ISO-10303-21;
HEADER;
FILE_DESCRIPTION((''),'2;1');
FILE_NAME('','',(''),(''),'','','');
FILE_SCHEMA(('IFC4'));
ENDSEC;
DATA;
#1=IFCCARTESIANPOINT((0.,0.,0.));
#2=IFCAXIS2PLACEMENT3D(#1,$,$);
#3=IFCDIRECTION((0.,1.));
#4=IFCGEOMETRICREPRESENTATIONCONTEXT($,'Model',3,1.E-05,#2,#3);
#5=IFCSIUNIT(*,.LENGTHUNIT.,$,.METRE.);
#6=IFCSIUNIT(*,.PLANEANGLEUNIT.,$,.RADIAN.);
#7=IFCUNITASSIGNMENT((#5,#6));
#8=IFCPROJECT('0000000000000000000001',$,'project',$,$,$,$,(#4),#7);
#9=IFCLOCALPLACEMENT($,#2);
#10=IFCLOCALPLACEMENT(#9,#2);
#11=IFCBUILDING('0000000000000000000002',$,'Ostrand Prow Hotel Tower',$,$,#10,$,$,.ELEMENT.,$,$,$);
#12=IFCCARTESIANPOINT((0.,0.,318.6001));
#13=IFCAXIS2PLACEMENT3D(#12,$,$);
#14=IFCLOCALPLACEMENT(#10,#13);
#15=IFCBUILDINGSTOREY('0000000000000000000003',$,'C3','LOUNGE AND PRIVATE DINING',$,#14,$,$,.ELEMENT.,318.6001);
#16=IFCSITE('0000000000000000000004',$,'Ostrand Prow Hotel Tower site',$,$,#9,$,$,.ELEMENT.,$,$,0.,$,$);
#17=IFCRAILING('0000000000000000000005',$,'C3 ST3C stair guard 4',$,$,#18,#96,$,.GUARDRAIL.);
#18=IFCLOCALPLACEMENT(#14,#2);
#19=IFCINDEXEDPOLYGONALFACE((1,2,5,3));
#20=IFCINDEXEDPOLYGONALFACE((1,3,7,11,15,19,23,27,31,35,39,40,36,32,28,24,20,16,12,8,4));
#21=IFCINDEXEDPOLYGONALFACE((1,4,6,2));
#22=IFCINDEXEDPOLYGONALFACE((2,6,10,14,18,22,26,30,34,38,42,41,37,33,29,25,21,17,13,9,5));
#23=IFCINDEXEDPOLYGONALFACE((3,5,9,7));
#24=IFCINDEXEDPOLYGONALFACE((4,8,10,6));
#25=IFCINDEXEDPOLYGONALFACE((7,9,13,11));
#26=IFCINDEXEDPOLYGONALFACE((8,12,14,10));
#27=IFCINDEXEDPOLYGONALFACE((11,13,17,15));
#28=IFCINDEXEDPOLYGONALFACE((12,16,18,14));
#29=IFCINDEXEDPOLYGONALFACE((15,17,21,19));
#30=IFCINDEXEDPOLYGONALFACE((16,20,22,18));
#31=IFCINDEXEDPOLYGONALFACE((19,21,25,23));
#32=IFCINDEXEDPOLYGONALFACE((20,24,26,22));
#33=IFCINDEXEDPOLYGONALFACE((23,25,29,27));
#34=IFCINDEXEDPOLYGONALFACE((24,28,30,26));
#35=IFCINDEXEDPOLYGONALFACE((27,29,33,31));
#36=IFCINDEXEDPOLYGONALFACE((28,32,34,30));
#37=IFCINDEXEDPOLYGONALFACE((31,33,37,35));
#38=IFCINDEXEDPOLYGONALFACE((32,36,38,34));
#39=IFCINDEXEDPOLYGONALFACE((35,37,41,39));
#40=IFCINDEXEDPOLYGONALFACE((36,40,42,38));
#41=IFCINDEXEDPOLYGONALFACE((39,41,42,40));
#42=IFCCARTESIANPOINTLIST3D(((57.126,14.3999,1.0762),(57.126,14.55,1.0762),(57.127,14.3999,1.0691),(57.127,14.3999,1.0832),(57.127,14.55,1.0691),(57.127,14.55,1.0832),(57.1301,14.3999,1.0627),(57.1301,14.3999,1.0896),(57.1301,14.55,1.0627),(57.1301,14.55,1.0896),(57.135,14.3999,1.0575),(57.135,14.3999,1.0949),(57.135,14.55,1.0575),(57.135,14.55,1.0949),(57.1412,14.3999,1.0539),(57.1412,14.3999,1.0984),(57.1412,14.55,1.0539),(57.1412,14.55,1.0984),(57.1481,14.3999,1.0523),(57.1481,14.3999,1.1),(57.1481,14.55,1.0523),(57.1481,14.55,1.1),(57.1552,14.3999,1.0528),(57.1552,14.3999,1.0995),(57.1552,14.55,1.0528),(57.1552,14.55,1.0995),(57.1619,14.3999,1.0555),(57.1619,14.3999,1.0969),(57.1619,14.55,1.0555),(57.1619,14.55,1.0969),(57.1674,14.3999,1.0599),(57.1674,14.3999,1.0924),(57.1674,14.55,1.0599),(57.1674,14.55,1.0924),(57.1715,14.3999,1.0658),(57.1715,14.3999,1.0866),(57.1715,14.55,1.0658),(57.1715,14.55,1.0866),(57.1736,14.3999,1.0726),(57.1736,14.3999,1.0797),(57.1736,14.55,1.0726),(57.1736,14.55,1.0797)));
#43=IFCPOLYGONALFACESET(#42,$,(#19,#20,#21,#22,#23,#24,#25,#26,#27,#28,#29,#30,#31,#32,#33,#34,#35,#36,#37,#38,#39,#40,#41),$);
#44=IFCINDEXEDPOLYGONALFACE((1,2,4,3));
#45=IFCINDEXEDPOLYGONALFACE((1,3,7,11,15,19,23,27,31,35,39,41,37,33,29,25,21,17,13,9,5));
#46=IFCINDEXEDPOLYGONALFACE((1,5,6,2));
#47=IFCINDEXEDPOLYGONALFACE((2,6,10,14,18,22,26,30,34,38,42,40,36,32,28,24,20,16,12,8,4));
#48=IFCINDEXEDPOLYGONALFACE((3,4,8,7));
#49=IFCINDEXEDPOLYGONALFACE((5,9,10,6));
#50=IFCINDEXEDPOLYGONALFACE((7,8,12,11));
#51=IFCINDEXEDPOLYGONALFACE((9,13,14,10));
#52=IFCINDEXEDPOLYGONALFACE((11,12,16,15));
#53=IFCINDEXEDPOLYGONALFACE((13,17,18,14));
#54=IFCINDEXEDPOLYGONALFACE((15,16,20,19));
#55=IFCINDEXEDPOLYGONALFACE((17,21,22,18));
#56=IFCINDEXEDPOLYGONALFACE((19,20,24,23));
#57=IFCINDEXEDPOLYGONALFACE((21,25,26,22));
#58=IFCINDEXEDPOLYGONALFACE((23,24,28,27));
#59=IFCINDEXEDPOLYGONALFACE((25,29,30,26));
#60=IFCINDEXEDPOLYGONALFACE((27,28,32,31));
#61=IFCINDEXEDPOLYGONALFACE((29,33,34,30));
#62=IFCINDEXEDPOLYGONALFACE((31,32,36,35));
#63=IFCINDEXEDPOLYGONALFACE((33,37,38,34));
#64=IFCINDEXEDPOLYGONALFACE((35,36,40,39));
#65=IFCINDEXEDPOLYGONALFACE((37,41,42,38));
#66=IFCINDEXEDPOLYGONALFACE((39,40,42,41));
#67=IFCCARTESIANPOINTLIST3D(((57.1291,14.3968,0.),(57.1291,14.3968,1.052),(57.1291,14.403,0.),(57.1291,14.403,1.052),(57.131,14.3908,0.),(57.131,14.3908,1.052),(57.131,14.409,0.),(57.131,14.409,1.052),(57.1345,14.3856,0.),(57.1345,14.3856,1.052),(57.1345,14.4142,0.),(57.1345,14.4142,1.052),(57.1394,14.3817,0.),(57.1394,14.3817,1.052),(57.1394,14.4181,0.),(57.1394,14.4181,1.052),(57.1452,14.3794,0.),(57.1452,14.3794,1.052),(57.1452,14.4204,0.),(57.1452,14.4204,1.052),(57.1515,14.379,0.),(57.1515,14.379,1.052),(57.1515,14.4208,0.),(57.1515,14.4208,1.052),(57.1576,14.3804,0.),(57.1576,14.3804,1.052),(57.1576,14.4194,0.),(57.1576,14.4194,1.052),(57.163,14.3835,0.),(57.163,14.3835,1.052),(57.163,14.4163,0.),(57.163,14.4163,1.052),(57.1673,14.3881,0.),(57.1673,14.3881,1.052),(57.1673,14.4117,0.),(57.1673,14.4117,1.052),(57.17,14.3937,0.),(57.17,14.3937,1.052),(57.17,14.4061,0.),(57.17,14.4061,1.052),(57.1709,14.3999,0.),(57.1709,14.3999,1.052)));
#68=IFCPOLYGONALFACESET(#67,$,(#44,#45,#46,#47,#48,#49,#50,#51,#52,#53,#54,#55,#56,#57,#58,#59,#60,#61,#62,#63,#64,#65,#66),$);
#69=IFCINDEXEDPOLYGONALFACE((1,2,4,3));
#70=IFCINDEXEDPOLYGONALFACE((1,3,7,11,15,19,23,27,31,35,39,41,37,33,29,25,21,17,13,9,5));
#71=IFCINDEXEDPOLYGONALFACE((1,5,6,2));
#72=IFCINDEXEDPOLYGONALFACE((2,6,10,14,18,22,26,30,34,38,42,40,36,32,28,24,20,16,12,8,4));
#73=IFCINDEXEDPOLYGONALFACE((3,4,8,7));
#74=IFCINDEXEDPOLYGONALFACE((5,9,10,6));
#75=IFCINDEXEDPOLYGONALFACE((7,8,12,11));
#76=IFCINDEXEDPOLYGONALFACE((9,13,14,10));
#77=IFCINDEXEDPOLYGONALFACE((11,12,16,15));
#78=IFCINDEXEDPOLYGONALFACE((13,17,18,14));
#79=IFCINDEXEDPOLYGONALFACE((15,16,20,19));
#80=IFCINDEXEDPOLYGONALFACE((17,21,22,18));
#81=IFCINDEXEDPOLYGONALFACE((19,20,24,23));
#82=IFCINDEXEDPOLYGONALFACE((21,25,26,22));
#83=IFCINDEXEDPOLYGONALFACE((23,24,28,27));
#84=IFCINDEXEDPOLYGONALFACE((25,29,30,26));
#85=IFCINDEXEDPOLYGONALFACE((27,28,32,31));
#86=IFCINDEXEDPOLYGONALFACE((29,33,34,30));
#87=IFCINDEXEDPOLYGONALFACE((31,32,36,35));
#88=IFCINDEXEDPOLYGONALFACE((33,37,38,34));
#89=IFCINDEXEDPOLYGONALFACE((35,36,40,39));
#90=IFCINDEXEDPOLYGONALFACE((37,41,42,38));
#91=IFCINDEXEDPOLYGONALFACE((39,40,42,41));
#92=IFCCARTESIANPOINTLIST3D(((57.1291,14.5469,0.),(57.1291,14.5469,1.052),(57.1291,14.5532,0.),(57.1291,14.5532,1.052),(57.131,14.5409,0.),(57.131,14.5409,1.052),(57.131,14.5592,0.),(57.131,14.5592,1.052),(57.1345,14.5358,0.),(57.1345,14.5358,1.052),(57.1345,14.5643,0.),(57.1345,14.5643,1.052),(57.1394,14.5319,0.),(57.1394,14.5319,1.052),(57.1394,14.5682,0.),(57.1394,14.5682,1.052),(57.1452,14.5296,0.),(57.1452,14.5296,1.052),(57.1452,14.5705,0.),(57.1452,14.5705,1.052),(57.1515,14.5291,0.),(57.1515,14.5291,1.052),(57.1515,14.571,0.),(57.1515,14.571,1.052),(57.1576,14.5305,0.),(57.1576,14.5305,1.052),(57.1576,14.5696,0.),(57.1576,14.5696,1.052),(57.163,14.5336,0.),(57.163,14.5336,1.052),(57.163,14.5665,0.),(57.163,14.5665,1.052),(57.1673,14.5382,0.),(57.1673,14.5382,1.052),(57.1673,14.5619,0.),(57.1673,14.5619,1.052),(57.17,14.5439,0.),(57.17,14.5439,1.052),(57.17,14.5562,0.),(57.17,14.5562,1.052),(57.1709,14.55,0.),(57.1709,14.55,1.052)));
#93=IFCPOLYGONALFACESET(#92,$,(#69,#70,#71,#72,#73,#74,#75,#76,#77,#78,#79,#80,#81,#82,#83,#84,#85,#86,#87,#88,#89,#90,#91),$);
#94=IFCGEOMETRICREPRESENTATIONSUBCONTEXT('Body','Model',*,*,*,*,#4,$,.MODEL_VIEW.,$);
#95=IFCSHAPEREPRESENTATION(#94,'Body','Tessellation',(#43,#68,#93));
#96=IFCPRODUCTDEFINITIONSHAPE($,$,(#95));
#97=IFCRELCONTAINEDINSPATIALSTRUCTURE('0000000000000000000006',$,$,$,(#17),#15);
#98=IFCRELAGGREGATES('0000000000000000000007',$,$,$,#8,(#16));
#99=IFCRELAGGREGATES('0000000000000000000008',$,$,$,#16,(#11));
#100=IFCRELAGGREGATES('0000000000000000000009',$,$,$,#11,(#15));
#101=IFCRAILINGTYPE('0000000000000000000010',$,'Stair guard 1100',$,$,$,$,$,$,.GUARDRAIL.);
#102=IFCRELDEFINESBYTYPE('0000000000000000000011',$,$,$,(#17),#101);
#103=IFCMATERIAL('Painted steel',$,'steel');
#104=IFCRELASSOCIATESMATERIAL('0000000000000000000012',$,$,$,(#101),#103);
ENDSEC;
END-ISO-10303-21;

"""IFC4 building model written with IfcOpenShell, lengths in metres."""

from ifc_helpers import new_model, si_unit, direction, frame, origin, origin_2d, place, context, subcontext, project, spatial, circle, extrude, material, type_object, element, save


model = new_model("IFC4")

# Units and contexts
model_context = context("Model", 3, precision=1e-05, world=origin(), true_north=direction((0.0, 1.0)))
body_context = subcontext(model_context, "Body", "Model", "MODEL_VIEW")
ifc_project = project(units=[si_unit("LENGTHUNIT", "METRE"), si_unit("PLANEANGLEUNIT", "RADIAN")], contexts=[model_context])

# Site, building, storey
site_placement = place(None, origin())
site = spatial("IfcSite", under=ifc_project, at=site_placement, Name="Ostrand Prow Hotel Tower site", CompositionType="ELEMENT", RefElevation=0.0)
building_placement = place(site_placement, origin())
building = spatial("IfcBuilding", under=site, at=building_placement, Name="Ostrand Prow Hotel Tower", CompositionType="ELEMENT")
storey_placement = place(building_placement, frame((0.0, 0.0, 318.6001)))
storey = spatial("IfcBuildingStorey", under=building, at=storey_placement, Name="C3", Description="LOUNGE AND PRIVATE DINING", CompositionType="ELEMENT", Elevation=318.6001)

# Railing
ifc_material_1 = material(Name="Painted steel", Category="steel")
railing_type_1 = type_object("IfcRailingType", Name="Stair guard 1100", PredefinedType="GUARDRAIL", material=ifc_material_1)
railing_1_placement = place(storey_placement, frame((57.1499, 14.3999, 0.0)))
element("IfcRailing", 1, at=railing_1_placement, inside=storey, type_object=railing_type_1, Name="C3 ST3C stair guard 4", PredefinedType="GUARDRAIL", context=body_context, shape_type="SweptSolid", body=[
    extrude(circle(Radius=0.0239, at=origin_2d()), frame((0.0, 0.0, 1.0762), z_axis=(0.0, 1.0, 0.0), x_axis=(-1.0, 0.0, 0.0)), (0.0, 0.0, 1.0), 0.1501),
    extrude(circle(Radius=0.021, at=origin_2d()), origin(), (0.0, 0.0, 1.0), 1.052),
    extrude(circle(Radius=0.021, at=origin_2d()), frame((0.0, 0.1501, 0.0)), (0.0, 0.0, 1.0), 1.052),
])

save(model, "model.ifc")
